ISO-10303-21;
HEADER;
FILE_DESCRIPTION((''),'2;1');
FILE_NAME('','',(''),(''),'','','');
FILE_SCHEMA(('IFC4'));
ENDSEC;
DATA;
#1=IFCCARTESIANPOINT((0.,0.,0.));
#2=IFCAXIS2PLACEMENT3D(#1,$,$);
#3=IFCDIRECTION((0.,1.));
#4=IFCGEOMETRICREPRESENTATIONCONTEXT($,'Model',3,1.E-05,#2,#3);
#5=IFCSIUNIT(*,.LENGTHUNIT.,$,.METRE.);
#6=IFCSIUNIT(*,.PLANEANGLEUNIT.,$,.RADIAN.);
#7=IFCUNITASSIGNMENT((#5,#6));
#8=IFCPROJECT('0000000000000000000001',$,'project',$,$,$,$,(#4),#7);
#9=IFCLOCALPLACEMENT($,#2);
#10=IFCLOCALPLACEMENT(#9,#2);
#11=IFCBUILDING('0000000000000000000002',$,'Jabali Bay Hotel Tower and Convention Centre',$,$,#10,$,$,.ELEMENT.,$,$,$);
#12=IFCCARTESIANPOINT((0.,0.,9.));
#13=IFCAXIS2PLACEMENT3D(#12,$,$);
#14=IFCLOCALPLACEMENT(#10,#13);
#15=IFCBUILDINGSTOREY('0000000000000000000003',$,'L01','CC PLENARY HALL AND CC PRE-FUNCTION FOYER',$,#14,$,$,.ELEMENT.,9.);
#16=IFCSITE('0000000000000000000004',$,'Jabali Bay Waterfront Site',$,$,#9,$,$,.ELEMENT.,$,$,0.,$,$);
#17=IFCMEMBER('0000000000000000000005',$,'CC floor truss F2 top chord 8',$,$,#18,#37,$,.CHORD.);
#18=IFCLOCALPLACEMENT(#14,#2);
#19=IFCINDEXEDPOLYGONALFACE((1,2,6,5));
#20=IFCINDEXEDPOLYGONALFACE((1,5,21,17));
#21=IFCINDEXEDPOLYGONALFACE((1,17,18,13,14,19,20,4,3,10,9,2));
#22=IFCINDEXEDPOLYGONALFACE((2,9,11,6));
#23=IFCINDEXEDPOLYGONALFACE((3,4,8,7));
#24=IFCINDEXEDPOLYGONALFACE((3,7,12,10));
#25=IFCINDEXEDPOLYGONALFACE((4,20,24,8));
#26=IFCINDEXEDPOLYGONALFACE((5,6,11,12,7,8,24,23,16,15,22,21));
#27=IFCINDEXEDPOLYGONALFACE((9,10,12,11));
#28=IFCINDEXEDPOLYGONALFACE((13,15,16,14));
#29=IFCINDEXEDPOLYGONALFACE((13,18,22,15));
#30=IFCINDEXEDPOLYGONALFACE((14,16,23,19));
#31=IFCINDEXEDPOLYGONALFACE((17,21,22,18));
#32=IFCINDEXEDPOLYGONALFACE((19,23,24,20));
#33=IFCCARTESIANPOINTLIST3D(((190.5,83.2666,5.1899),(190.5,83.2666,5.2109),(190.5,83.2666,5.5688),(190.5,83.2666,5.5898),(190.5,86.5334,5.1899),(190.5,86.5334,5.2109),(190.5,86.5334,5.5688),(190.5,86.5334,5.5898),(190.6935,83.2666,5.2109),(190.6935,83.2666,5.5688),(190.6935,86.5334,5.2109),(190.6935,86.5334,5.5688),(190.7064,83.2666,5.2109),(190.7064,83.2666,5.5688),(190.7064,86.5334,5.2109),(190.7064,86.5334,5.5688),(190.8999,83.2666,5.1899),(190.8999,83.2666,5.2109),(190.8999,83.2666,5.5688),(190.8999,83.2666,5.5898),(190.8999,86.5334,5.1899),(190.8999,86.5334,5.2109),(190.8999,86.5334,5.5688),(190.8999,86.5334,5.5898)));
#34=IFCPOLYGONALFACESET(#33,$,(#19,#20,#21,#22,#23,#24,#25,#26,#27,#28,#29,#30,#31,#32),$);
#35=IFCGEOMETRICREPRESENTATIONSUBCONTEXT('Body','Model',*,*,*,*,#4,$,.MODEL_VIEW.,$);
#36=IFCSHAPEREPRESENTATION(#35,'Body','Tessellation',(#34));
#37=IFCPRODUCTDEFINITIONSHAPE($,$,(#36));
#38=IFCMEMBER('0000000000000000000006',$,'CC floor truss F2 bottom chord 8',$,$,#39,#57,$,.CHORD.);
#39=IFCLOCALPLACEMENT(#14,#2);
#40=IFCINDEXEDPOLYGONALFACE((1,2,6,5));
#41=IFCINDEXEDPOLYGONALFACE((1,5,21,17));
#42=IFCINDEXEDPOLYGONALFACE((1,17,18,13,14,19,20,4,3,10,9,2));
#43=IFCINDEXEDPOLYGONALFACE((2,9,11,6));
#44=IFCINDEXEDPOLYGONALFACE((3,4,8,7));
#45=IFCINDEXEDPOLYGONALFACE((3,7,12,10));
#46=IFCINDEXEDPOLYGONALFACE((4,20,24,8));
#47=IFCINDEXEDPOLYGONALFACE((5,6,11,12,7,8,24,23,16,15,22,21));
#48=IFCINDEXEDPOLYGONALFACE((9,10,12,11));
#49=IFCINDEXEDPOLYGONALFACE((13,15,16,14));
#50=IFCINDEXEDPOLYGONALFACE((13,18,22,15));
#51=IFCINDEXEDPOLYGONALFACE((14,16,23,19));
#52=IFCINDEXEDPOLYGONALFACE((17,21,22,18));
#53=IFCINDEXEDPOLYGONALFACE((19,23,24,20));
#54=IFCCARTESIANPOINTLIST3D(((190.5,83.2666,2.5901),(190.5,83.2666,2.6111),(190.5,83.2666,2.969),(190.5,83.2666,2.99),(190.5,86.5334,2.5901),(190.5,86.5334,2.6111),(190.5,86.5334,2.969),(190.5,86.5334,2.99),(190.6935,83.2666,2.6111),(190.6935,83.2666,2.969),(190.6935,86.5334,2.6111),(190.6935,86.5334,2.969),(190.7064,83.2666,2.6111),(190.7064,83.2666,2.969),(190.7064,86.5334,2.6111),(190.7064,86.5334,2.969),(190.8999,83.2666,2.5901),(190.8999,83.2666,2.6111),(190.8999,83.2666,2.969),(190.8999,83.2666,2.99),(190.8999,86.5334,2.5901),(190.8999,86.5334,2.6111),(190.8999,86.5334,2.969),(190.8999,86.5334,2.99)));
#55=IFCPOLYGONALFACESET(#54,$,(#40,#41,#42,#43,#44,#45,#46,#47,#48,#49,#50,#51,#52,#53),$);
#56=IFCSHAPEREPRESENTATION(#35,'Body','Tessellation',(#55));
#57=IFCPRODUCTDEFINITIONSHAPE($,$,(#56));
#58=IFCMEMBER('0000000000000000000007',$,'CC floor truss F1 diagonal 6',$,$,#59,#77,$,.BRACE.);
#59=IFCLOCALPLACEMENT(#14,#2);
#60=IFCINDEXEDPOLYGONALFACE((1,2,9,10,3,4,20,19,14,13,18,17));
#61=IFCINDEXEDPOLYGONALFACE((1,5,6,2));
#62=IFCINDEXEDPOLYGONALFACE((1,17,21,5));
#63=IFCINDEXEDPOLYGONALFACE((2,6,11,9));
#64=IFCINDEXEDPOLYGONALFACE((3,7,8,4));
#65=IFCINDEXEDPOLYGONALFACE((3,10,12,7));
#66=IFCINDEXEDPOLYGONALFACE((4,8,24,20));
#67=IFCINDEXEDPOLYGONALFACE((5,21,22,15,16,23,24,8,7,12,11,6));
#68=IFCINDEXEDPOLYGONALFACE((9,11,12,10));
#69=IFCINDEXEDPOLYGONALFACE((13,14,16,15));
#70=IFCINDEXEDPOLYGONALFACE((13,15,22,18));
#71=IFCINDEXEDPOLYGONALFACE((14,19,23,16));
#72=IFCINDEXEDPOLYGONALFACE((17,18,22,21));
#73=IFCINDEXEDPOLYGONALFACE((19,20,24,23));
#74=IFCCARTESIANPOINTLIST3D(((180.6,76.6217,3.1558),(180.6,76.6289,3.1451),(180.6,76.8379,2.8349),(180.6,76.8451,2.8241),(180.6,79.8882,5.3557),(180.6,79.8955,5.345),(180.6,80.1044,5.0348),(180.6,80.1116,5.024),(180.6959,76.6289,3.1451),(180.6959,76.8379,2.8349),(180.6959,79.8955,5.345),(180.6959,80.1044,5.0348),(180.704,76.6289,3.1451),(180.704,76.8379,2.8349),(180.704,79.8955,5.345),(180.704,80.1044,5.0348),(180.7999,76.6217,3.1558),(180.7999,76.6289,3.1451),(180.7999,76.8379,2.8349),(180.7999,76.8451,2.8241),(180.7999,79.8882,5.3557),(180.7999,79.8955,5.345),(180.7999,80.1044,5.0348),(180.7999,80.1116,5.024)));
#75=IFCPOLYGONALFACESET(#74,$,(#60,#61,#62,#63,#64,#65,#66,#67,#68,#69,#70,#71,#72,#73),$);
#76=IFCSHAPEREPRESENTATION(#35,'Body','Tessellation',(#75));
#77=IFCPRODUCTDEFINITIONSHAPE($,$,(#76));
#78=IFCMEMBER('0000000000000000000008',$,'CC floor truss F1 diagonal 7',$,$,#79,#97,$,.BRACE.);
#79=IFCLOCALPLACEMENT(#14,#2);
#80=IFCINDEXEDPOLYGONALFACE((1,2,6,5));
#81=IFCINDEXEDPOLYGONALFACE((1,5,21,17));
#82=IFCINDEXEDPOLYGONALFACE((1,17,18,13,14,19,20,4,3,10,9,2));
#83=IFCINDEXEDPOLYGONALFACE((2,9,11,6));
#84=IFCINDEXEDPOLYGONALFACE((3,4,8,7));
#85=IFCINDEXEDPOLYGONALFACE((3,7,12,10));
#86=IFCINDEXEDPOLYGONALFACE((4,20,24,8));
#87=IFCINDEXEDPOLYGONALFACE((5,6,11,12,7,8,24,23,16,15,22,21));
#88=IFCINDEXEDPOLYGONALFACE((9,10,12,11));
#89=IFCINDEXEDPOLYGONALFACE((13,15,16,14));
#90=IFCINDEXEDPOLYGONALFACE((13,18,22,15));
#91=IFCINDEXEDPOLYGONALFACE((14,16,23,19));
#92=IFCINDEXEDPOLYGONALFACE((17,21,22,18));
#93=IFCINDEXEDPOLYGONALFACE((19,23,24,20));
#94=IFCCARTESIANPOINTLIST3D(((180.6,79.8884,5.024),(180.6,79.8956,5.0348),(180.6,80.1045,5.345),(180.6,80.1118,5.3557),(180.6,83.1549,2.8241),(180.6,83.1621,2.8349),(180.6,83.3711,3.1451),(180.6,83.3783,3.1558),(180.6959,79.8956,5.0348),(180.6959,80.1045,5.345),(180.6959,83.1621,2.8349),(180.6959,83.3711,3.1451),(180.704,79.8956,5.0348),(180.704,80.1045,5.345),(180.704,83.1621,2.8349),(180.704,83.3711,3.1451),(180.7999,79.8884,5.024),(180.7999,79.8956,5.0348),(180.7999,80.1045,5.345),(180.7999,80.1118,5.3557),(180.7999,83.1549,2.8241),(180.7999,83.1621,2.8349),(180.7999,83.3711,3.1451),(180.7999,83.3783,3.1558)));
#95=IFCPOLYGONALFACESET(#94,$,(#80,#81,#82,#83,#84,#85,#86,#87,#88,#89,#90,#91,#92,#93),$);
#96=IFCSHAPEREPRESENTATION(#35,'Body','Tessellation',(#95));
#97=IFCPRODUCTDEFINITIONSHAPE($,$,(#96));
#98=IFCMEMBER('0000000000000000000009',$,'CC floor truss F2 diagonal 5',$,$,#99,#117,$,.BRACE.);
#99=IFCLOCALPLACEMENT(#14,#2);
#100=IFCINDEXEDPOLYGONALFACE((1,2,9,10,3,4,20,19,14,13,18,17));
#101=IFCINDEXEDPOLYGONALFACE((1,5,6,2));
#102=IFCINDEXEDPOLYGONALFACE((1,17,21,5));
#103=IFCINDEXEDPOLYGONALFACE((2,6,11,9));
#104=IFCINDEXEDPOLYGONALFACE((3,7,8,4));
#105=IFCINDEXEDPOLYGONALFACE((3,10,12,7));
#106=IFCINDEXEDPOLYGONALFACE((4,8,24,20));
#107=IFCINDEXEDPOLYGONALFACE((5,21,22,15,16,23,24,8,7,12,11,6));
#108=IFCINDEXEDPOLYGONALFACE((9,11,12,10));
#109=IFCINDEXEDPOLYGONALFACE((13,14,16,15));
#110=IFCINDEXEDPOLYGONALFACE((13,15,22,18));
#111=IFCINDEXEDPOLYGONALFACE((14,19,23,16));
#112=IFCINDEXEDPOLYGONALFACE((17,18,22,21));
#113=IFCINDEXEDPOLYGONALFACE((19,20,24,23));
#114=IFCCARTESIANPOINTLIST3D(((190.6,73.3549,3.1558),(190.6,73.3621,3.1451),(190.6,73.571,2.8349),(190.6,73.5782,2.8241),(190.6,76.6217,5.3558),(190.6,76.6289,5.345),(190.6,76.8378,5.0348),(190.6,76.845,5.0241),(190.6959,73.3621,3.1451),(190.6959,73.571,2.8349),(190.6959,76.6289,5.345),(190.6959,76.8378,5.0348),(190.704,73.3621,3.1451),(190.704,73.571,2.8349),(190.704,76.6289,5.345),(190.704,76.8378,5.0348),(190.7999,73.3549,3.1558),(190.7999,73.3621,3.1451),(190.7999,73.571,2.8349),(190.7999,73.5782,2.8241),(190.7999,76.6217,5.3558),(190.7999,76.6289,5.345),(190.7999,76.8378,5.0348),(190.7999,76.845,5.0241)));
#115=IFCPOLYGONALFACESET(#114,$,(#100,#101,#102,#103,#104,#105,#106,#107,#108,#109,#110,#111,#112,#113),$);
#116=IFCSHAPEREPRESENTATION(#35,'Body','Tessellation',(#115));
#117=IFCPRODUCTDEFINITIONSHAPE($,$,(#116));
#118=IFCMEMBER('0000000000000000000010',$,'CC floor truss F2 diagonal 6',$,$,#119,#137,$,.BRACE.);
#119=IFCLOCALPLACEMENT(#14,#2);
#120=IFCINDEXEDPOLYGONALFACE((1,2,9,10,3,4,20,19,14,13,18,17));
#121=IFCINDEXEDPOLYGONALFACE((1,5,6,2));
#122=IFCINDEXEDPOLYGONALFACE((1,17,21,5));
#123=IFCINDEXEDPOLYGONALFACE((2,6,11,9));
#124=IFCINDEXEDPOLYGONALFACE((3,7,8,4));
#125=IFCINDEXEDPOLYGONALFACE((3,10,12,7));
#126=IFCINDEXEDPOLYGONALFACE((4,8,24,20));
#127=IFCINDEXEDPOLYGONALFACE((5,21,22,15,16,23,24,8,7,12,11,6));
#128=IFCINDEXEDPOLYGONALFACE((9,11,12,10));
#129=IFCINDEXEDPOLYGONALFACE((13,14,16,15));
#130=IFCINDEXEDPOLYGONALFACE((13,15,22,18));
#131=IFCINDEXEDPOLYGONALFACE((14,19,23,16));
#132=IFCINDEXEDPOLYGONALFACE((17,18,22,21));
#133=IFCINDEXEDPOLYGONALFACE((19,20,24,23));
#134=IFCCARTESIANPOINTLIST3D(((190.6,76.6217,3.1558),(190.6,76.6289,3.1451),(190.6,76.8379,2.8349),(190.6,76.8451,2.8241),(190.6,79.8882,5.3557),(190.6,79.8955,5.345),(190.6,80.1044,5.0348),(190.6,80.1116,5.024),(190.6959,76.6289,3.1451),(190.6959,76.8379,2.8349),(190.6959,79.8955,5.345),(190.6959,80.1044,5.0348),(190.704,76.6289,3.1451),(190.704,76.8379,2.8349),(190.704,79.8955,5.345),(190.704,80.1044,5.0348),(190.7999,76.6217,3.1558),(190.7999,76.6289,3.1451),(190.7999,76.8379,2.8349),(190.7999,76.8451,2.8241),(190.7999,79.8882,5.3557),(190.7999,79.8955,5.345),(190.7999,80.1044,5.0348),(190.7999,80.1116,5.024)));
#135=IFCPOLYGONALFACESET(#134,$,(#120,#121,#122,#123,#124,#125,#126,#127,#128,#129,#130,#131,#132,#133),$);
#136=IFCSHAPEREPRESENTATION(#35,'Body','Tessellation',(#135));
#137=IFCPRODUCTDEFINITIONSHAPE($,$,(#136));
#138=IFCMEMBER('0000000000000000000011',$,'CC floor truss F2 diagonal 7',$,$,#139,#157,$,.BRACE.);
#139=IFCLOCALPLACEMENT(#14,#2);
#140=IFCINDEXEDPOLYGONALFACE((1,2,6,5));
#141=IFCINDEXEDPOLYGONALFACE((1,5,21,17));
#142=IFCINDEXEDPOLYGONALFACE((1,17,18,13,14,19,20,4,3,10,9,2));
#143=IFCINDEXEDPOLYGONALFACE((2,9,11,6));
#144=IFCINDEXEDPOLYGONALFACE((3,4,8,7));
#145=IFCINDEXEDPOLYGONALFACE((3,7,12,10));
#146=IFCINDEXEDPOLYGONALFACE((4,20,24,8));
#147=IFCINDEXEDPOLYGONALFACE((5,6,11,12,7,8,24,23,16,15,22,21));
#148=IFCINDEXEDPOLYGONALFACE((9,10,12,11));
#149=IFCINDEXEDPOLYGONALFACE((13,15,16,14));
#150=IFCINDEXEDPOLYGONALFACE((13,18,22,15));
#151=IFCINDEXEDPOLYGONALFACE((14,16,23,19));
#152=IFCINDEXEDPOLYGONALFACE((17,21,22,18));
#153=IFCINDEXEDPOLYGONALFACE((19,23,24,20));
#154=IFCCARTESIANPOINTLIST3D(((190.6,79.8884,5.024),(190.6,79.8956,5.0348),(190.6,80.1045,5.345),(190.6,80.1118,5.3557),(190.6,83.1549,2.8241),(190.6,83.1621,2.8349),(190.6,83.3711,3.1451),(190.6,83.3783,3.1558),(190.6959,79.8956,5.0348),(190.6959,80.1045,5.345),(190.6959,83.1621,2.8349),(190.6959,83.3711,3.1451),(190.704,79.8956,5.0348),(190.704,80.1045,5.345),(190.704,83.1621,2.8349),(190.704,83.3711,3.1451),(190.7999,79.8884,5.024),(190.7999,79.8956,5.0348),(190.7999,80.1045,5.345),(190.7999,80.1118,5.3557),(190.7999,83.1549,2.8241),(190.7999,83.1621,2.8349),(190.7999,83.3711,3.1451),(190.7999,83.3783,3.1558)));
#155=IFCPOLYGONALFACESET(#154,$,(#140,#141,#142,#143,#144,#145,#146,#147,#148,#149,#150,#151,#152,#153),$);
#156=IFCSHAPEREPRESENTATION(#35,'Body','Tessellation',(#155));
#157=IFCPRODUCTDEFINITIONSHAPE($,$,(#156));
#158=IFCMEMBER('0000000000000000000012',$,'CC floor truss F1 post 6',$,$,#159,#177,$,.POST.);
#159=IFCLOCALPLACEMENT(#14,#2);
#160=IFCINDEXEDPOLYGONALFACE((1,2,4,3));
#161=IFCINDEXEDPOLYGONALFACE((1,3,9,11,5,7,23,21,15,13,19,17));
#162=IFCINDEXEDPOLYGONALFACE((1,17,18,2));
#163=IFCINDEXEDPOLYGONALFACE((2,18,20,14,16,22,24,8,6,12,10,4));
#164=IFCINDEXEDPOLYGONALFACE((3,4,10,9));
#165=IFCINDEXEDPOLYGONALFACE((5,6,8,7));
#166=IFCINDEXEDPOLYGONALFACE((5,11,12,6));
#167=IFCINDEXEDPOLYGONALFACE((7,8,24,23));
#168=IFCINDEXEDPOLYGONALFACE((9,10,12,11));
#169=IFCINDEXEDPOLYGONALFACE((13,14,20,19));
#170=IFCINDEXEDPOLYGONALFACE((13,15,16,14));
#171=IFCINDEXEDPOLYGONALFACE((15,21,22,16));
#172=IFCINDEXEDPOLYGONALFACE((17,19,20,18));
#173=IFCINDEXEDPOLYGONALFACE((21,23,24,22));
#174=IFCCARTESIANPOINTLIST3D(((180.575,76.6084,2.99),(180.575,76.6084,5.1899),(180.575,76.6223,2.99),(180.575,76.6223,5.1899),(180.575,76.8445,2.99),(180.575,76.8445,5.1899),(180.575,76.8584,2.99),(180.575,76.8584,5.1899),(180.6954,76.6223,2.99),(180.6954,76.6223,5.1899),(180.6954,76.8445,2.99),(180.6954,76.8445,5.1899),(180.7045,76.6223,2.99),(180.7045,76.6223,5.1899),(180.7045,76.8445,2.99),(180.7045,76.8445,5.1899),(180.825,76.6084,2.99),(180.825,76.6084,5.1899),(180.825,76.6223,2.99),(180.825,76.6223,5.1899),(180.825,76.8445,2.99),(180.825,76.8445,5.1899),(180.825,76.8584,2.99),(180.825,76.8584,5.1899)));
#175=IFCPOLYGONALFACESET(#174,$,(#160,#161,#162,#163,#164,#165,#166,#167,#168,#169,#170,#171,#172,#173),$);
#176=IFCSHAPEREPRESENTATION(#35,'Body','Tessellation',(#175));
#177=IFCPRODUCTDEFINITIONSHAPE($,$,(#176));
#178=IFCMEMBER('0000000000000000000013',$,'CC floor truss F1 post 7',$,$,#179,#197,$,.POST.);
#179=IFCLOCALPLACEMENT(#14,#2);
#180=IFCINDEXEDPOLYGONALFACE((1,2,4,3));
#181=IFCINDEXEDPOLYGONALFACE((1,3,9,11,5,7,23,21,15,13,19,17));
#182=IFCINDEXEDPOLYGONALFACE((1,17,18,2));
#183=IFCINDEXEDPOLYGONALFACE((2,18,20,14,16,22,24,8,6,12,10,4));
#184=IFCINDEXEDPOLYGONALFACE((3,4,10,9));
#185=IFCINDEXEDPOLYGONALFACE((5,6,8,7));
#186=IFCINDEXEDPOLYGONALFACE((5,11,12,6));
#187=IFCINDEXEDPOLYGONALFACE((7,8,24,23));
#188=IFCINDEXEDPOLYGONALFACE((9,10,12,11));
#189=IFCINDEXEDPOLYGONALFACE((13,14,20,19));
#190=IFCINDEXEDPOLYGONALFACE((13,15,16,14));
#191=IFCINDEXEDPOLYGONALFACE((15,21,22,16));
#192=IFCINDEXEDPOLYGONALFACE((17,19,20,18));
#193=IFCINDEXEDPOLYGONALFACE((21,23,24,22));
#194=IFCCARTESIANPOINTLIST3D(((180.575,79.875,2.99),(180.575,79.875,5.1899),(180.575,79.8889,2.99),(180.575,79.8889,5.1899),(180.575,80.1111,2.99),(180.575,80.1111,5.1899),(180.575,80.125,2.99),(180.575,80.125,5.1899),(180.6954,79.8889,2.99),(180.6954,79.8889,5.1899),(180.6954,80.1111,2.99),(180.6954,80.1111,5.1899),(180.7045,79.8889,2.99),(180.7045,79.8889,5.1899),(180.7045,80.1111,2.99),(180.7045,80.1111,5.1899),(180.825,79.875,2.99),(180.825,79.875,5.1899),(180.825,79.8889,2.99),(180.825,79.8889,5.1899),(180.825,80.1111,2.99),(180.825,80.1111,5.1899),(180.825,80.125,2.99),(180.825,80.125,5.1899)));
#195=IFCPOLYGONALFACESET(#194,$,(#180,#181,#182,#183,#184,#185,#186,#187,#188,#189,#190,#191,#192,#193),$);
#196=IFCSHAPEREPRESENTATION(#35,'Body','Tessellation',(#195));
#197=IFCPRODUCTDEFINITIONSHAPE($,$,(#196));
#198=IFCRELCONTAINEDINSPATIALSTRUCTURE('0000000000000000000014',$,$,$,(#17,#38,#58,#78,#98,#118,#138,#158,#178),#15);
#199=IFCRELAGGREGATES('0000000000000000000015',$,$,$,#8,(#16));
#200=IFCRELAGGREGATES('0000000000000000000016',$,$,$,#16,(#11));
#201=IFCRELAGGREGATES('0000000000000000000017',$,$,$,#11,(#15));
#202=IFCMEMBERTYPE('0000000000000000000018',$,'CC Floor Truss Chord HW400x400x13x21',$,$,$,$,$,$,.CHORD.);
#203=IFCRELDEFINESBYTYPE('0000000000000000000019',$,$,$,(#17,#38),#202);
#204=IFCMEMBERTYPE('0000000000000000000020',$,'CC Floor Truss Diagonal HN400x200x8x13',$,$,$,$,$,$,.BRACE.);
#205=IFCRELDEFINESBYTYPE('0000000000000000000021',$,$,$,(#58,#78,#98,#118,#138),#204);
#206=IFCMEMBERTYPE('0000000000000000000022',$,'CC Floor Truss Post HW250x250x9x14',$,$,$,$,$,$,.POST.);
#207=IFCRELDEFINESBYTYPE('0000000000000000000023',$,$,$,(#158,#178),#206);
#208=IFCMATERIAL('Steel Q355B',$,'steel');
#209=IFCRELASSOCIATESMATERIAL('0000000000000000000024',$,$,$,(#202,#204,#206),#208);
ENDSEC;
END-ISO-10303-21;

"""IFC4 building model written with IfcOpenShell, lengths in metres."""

from ifc_helpers import new_model, si_unit, direction, frame, origin, origin_2d, place, context, subcontext, project, spatial, i_section, extrude, material, material_profile, profile_set, type_object, element, save


model = new_model("IFC4")

# Units and contexts
model_context = context("Model", 3, precision=1e-05, world=origin(), true_north=direction((0.0, 1.0)))
body_context = subcontext(model_context, "Body", "Model", "MODEL_VIEW")
ifc_project = project(units=[si_unit("LENGTHUNIT", "METRE"), si_unit("PLANEANGLEUNIT", "RADIAN")], contexts=[model_context])

# Site, building, storey
site_placement = place(None, origin())
site = spatial("IfcSite", under=ifc_project, at=site_placement, Name="Jabali Bay Waterfront Site", CompositionType="ELEMENT", RefElevation=0.0)
building_placement = place(site_placement, origin())
building = spatial("IfcBuilding", under=site, at=building_placement, Name="Jabali Bay Hotel Tower and Convention Centre", CompositionType="ELEMENT")
storey_placement = place(building_placement, frame((0.0, 0.0, 9.0)))
storey = spatial("IfcBuildingStorey", under=building, at=storey_placement, Name="L01", Description="CC PLENARY HALL AND CC PRE-FUNCTION FOYER", CompositionType="ELEMENT", Elevation=9.0)

# Members
ifc_material = material(Name="Steel Q355B", Category="steel")
ifc_material_profile_1 = material_profile(ifc_material, i_section(OverallWidth=0.3999, OverallDepth=0.3999, WebThickness=0.0129, FlangeThickness=0.021, at=origin_2d()), Name="HW400x400x13x21")
ifc_profile_set_1 = profile_set([ifc_material_profile_1], Name="Steel Q355B")
member_type_1 = type_object("IfcMemberType", Name="CC Floor Truss Chord HW400x400x13x21", PredefinedType="CHORD", material=ifc_profile_set_1)
for number, where, z_axis, x_axis, name in (
    (1, (190.7, 83.2666, 5.3899), (0.0, 1.0, 0.0), (-1.0, 0.0, 0.0), "CC floor truss F2 top chord 8"),
    (2, (190.7, 83.2666, 2.79), (0.0, 1.0, 0.0), (-1.0, 0.0, 0.0), "CC floor truss F2 bottom chord 8"),
):
    element("IfcMember", number, at=place(storey_placement, frame(where, z_axis=z_axis, x_axis=x_axis)), inside=storey, type_object=member_type_1, Name=name, PredefinedType="CHORD", context=body_context, shape_type="SweptSolid", body=[
        extrude(i_section(OverallWidth=0.3999, OverallDepth=0.3999, WebThickness=0.0129, FlangeThickness=0.021, at=origin_2d()), origin(), (0.0, 0.0, 1.0), 3.2668),
    ])
ifc_material_profile_2 = material_profile(ifc_material, i_section(OverallWidth=0.2, OverallDepth=0.3999, WebThickness=0.0081, FlangeThickness=0.0129, at=origin_2d()), Name="HN400x200x8x13")
ifc_profile_set_2 = profile_set([ifc_material_profile_2], Name="Steel Q355B")
member_type_2 = type_object("IfcMemberType", Name="CC Floor Truss Diagonal HN400x200x8x13", PredefinedType="BRACE", material=ifc_profile_set_2)
for number, where, z_axis, x_axis, name in (
    (3, (180.7, 76.7334, 2.99), (0.0, 0.829438, 0.5586), (-1.0, 0.0, 0.0), "CC floor truss F1 diagonal 6"),
    (4, (180.7, 83.2666, 2.99), (0.0, -0.829438, 0.5586), (1.0, 0.0, 0.0), "CC floor truss F1 diagonal 7"),
):
    element("IfcMember", number, at=place(storey_placement, frame(where, z_axis=z_axis, x_axis=x_axis)), inside=storey, type_object=member_type_2, Name=name, PredefinedType="BRACE", context=body_context, shape_type="SweptSolid", body=[
        extrude(i_section(OverallWidth=0.2, OverallDepth=0.3999, WebThickness=0.0081, FlangeThickness=0.0129, at=origin_2d()), origin(), (0.0, 0.0, 1.0), 3.9382),
    ])
member_placement = place(storey_placement, frame((190.7, 73.4666, 2.99), z_axis=(0.0, 0.829457, 0.558571), x_axis=(-1.0, 0.0, 0.0)))
element("IfcMember", 5, at=member_placement, inside=storey, type_object=member_type_2, Name="CC floor truss F2 diagonal 5", PredefinedType="BRACE", context=body_context, shape_type="SweptSolid", body=[
    extrude(i_section(OverallWidth=0.2, OverallDepth=0.3999, WebThickness=0.0081, FlangeThickness=0.0129, at=origin_2d()), origin(), (0.0, 0.0, 1.0), 3.9385),
])
for number, where, z_axis, x_axis, name in (
    (6, (190.7, 76.7334, 2.99), (0.0, 0.829438, 0.5586), (-1.0, 0.0, 0.0), "CC floor truss F2 diagonal 6"),
    (7, (190.7, 83.2666, 2.99), (0.0, -0.829438, 0.5586), (1.0, 0.0, 0.0), "CC floor truss F2 diagonal 7"),
):
    element("IfcMember", number, at=place(storey_placement, frame(where, z_axis=z_axis, x_axis=x_axis)), inside=storey, type_object=member_type_2, Name=name, PredefinedType="BRACE", context=body_context, shape_type="SweptSolid", body=[
        extrude(i_section(OverallWidth=0.2, OverallDepth=0.3999, WebThickness=0.0081, FlangeThickness=0.0129, at=origin_2d()), origin(), (0.0, 0.0, 1.0), 3.9382),
    ])
ifc_material_profile_3 = material_profile(ifc_material, i_section(OverallWidth=0.25, OverallDepth=0.25, WebThickness=0.009, FlangeThickness=0.0139, at=origin_2d()), Name="HW250x250x9x14")
ifc_profile_set_3 = profile_set([ifc_material_profile_3], Name="Steel Q355B")
member_type_3 = type_object("IfcMemberType", Name="CC Floor Truss Post HW250x250x9x14", PredefinedType="POST", material=ifc_profile_set_3)
for number, where, z_axis, x_axis, name in (
    (8, (180.7, 76.7334, 2.99), (0.0, 0.0, 1.0), (1.0, 0.0, 0.0), "CC floor truss F1 post 6"),
    (9, (180.7, 80.0, 2.99), (0.0, 0.0, 1.0), (1.0, 0.0, 0.0), "CC floor truss F1 post 7"),
):
    element("IfcMember", number, at=place(storey_placement, frame(where, z_axis=z_axis, x_axis=x_axis)), inside=storey, type_object=member_type_3, Name=name, PredefinedType="POST", context=body_context, shape_type="SweptSolid", body=[
        extrude(i_section(OverallWidth=0.25, OverallDepth=0.25, WebThickness=0.009, FlangeThickness=0.0139, at=origin_2d()), origin(), (0.0, 0.0, 1.0), 2.2),
    ])

save(model, "model.ifc")
